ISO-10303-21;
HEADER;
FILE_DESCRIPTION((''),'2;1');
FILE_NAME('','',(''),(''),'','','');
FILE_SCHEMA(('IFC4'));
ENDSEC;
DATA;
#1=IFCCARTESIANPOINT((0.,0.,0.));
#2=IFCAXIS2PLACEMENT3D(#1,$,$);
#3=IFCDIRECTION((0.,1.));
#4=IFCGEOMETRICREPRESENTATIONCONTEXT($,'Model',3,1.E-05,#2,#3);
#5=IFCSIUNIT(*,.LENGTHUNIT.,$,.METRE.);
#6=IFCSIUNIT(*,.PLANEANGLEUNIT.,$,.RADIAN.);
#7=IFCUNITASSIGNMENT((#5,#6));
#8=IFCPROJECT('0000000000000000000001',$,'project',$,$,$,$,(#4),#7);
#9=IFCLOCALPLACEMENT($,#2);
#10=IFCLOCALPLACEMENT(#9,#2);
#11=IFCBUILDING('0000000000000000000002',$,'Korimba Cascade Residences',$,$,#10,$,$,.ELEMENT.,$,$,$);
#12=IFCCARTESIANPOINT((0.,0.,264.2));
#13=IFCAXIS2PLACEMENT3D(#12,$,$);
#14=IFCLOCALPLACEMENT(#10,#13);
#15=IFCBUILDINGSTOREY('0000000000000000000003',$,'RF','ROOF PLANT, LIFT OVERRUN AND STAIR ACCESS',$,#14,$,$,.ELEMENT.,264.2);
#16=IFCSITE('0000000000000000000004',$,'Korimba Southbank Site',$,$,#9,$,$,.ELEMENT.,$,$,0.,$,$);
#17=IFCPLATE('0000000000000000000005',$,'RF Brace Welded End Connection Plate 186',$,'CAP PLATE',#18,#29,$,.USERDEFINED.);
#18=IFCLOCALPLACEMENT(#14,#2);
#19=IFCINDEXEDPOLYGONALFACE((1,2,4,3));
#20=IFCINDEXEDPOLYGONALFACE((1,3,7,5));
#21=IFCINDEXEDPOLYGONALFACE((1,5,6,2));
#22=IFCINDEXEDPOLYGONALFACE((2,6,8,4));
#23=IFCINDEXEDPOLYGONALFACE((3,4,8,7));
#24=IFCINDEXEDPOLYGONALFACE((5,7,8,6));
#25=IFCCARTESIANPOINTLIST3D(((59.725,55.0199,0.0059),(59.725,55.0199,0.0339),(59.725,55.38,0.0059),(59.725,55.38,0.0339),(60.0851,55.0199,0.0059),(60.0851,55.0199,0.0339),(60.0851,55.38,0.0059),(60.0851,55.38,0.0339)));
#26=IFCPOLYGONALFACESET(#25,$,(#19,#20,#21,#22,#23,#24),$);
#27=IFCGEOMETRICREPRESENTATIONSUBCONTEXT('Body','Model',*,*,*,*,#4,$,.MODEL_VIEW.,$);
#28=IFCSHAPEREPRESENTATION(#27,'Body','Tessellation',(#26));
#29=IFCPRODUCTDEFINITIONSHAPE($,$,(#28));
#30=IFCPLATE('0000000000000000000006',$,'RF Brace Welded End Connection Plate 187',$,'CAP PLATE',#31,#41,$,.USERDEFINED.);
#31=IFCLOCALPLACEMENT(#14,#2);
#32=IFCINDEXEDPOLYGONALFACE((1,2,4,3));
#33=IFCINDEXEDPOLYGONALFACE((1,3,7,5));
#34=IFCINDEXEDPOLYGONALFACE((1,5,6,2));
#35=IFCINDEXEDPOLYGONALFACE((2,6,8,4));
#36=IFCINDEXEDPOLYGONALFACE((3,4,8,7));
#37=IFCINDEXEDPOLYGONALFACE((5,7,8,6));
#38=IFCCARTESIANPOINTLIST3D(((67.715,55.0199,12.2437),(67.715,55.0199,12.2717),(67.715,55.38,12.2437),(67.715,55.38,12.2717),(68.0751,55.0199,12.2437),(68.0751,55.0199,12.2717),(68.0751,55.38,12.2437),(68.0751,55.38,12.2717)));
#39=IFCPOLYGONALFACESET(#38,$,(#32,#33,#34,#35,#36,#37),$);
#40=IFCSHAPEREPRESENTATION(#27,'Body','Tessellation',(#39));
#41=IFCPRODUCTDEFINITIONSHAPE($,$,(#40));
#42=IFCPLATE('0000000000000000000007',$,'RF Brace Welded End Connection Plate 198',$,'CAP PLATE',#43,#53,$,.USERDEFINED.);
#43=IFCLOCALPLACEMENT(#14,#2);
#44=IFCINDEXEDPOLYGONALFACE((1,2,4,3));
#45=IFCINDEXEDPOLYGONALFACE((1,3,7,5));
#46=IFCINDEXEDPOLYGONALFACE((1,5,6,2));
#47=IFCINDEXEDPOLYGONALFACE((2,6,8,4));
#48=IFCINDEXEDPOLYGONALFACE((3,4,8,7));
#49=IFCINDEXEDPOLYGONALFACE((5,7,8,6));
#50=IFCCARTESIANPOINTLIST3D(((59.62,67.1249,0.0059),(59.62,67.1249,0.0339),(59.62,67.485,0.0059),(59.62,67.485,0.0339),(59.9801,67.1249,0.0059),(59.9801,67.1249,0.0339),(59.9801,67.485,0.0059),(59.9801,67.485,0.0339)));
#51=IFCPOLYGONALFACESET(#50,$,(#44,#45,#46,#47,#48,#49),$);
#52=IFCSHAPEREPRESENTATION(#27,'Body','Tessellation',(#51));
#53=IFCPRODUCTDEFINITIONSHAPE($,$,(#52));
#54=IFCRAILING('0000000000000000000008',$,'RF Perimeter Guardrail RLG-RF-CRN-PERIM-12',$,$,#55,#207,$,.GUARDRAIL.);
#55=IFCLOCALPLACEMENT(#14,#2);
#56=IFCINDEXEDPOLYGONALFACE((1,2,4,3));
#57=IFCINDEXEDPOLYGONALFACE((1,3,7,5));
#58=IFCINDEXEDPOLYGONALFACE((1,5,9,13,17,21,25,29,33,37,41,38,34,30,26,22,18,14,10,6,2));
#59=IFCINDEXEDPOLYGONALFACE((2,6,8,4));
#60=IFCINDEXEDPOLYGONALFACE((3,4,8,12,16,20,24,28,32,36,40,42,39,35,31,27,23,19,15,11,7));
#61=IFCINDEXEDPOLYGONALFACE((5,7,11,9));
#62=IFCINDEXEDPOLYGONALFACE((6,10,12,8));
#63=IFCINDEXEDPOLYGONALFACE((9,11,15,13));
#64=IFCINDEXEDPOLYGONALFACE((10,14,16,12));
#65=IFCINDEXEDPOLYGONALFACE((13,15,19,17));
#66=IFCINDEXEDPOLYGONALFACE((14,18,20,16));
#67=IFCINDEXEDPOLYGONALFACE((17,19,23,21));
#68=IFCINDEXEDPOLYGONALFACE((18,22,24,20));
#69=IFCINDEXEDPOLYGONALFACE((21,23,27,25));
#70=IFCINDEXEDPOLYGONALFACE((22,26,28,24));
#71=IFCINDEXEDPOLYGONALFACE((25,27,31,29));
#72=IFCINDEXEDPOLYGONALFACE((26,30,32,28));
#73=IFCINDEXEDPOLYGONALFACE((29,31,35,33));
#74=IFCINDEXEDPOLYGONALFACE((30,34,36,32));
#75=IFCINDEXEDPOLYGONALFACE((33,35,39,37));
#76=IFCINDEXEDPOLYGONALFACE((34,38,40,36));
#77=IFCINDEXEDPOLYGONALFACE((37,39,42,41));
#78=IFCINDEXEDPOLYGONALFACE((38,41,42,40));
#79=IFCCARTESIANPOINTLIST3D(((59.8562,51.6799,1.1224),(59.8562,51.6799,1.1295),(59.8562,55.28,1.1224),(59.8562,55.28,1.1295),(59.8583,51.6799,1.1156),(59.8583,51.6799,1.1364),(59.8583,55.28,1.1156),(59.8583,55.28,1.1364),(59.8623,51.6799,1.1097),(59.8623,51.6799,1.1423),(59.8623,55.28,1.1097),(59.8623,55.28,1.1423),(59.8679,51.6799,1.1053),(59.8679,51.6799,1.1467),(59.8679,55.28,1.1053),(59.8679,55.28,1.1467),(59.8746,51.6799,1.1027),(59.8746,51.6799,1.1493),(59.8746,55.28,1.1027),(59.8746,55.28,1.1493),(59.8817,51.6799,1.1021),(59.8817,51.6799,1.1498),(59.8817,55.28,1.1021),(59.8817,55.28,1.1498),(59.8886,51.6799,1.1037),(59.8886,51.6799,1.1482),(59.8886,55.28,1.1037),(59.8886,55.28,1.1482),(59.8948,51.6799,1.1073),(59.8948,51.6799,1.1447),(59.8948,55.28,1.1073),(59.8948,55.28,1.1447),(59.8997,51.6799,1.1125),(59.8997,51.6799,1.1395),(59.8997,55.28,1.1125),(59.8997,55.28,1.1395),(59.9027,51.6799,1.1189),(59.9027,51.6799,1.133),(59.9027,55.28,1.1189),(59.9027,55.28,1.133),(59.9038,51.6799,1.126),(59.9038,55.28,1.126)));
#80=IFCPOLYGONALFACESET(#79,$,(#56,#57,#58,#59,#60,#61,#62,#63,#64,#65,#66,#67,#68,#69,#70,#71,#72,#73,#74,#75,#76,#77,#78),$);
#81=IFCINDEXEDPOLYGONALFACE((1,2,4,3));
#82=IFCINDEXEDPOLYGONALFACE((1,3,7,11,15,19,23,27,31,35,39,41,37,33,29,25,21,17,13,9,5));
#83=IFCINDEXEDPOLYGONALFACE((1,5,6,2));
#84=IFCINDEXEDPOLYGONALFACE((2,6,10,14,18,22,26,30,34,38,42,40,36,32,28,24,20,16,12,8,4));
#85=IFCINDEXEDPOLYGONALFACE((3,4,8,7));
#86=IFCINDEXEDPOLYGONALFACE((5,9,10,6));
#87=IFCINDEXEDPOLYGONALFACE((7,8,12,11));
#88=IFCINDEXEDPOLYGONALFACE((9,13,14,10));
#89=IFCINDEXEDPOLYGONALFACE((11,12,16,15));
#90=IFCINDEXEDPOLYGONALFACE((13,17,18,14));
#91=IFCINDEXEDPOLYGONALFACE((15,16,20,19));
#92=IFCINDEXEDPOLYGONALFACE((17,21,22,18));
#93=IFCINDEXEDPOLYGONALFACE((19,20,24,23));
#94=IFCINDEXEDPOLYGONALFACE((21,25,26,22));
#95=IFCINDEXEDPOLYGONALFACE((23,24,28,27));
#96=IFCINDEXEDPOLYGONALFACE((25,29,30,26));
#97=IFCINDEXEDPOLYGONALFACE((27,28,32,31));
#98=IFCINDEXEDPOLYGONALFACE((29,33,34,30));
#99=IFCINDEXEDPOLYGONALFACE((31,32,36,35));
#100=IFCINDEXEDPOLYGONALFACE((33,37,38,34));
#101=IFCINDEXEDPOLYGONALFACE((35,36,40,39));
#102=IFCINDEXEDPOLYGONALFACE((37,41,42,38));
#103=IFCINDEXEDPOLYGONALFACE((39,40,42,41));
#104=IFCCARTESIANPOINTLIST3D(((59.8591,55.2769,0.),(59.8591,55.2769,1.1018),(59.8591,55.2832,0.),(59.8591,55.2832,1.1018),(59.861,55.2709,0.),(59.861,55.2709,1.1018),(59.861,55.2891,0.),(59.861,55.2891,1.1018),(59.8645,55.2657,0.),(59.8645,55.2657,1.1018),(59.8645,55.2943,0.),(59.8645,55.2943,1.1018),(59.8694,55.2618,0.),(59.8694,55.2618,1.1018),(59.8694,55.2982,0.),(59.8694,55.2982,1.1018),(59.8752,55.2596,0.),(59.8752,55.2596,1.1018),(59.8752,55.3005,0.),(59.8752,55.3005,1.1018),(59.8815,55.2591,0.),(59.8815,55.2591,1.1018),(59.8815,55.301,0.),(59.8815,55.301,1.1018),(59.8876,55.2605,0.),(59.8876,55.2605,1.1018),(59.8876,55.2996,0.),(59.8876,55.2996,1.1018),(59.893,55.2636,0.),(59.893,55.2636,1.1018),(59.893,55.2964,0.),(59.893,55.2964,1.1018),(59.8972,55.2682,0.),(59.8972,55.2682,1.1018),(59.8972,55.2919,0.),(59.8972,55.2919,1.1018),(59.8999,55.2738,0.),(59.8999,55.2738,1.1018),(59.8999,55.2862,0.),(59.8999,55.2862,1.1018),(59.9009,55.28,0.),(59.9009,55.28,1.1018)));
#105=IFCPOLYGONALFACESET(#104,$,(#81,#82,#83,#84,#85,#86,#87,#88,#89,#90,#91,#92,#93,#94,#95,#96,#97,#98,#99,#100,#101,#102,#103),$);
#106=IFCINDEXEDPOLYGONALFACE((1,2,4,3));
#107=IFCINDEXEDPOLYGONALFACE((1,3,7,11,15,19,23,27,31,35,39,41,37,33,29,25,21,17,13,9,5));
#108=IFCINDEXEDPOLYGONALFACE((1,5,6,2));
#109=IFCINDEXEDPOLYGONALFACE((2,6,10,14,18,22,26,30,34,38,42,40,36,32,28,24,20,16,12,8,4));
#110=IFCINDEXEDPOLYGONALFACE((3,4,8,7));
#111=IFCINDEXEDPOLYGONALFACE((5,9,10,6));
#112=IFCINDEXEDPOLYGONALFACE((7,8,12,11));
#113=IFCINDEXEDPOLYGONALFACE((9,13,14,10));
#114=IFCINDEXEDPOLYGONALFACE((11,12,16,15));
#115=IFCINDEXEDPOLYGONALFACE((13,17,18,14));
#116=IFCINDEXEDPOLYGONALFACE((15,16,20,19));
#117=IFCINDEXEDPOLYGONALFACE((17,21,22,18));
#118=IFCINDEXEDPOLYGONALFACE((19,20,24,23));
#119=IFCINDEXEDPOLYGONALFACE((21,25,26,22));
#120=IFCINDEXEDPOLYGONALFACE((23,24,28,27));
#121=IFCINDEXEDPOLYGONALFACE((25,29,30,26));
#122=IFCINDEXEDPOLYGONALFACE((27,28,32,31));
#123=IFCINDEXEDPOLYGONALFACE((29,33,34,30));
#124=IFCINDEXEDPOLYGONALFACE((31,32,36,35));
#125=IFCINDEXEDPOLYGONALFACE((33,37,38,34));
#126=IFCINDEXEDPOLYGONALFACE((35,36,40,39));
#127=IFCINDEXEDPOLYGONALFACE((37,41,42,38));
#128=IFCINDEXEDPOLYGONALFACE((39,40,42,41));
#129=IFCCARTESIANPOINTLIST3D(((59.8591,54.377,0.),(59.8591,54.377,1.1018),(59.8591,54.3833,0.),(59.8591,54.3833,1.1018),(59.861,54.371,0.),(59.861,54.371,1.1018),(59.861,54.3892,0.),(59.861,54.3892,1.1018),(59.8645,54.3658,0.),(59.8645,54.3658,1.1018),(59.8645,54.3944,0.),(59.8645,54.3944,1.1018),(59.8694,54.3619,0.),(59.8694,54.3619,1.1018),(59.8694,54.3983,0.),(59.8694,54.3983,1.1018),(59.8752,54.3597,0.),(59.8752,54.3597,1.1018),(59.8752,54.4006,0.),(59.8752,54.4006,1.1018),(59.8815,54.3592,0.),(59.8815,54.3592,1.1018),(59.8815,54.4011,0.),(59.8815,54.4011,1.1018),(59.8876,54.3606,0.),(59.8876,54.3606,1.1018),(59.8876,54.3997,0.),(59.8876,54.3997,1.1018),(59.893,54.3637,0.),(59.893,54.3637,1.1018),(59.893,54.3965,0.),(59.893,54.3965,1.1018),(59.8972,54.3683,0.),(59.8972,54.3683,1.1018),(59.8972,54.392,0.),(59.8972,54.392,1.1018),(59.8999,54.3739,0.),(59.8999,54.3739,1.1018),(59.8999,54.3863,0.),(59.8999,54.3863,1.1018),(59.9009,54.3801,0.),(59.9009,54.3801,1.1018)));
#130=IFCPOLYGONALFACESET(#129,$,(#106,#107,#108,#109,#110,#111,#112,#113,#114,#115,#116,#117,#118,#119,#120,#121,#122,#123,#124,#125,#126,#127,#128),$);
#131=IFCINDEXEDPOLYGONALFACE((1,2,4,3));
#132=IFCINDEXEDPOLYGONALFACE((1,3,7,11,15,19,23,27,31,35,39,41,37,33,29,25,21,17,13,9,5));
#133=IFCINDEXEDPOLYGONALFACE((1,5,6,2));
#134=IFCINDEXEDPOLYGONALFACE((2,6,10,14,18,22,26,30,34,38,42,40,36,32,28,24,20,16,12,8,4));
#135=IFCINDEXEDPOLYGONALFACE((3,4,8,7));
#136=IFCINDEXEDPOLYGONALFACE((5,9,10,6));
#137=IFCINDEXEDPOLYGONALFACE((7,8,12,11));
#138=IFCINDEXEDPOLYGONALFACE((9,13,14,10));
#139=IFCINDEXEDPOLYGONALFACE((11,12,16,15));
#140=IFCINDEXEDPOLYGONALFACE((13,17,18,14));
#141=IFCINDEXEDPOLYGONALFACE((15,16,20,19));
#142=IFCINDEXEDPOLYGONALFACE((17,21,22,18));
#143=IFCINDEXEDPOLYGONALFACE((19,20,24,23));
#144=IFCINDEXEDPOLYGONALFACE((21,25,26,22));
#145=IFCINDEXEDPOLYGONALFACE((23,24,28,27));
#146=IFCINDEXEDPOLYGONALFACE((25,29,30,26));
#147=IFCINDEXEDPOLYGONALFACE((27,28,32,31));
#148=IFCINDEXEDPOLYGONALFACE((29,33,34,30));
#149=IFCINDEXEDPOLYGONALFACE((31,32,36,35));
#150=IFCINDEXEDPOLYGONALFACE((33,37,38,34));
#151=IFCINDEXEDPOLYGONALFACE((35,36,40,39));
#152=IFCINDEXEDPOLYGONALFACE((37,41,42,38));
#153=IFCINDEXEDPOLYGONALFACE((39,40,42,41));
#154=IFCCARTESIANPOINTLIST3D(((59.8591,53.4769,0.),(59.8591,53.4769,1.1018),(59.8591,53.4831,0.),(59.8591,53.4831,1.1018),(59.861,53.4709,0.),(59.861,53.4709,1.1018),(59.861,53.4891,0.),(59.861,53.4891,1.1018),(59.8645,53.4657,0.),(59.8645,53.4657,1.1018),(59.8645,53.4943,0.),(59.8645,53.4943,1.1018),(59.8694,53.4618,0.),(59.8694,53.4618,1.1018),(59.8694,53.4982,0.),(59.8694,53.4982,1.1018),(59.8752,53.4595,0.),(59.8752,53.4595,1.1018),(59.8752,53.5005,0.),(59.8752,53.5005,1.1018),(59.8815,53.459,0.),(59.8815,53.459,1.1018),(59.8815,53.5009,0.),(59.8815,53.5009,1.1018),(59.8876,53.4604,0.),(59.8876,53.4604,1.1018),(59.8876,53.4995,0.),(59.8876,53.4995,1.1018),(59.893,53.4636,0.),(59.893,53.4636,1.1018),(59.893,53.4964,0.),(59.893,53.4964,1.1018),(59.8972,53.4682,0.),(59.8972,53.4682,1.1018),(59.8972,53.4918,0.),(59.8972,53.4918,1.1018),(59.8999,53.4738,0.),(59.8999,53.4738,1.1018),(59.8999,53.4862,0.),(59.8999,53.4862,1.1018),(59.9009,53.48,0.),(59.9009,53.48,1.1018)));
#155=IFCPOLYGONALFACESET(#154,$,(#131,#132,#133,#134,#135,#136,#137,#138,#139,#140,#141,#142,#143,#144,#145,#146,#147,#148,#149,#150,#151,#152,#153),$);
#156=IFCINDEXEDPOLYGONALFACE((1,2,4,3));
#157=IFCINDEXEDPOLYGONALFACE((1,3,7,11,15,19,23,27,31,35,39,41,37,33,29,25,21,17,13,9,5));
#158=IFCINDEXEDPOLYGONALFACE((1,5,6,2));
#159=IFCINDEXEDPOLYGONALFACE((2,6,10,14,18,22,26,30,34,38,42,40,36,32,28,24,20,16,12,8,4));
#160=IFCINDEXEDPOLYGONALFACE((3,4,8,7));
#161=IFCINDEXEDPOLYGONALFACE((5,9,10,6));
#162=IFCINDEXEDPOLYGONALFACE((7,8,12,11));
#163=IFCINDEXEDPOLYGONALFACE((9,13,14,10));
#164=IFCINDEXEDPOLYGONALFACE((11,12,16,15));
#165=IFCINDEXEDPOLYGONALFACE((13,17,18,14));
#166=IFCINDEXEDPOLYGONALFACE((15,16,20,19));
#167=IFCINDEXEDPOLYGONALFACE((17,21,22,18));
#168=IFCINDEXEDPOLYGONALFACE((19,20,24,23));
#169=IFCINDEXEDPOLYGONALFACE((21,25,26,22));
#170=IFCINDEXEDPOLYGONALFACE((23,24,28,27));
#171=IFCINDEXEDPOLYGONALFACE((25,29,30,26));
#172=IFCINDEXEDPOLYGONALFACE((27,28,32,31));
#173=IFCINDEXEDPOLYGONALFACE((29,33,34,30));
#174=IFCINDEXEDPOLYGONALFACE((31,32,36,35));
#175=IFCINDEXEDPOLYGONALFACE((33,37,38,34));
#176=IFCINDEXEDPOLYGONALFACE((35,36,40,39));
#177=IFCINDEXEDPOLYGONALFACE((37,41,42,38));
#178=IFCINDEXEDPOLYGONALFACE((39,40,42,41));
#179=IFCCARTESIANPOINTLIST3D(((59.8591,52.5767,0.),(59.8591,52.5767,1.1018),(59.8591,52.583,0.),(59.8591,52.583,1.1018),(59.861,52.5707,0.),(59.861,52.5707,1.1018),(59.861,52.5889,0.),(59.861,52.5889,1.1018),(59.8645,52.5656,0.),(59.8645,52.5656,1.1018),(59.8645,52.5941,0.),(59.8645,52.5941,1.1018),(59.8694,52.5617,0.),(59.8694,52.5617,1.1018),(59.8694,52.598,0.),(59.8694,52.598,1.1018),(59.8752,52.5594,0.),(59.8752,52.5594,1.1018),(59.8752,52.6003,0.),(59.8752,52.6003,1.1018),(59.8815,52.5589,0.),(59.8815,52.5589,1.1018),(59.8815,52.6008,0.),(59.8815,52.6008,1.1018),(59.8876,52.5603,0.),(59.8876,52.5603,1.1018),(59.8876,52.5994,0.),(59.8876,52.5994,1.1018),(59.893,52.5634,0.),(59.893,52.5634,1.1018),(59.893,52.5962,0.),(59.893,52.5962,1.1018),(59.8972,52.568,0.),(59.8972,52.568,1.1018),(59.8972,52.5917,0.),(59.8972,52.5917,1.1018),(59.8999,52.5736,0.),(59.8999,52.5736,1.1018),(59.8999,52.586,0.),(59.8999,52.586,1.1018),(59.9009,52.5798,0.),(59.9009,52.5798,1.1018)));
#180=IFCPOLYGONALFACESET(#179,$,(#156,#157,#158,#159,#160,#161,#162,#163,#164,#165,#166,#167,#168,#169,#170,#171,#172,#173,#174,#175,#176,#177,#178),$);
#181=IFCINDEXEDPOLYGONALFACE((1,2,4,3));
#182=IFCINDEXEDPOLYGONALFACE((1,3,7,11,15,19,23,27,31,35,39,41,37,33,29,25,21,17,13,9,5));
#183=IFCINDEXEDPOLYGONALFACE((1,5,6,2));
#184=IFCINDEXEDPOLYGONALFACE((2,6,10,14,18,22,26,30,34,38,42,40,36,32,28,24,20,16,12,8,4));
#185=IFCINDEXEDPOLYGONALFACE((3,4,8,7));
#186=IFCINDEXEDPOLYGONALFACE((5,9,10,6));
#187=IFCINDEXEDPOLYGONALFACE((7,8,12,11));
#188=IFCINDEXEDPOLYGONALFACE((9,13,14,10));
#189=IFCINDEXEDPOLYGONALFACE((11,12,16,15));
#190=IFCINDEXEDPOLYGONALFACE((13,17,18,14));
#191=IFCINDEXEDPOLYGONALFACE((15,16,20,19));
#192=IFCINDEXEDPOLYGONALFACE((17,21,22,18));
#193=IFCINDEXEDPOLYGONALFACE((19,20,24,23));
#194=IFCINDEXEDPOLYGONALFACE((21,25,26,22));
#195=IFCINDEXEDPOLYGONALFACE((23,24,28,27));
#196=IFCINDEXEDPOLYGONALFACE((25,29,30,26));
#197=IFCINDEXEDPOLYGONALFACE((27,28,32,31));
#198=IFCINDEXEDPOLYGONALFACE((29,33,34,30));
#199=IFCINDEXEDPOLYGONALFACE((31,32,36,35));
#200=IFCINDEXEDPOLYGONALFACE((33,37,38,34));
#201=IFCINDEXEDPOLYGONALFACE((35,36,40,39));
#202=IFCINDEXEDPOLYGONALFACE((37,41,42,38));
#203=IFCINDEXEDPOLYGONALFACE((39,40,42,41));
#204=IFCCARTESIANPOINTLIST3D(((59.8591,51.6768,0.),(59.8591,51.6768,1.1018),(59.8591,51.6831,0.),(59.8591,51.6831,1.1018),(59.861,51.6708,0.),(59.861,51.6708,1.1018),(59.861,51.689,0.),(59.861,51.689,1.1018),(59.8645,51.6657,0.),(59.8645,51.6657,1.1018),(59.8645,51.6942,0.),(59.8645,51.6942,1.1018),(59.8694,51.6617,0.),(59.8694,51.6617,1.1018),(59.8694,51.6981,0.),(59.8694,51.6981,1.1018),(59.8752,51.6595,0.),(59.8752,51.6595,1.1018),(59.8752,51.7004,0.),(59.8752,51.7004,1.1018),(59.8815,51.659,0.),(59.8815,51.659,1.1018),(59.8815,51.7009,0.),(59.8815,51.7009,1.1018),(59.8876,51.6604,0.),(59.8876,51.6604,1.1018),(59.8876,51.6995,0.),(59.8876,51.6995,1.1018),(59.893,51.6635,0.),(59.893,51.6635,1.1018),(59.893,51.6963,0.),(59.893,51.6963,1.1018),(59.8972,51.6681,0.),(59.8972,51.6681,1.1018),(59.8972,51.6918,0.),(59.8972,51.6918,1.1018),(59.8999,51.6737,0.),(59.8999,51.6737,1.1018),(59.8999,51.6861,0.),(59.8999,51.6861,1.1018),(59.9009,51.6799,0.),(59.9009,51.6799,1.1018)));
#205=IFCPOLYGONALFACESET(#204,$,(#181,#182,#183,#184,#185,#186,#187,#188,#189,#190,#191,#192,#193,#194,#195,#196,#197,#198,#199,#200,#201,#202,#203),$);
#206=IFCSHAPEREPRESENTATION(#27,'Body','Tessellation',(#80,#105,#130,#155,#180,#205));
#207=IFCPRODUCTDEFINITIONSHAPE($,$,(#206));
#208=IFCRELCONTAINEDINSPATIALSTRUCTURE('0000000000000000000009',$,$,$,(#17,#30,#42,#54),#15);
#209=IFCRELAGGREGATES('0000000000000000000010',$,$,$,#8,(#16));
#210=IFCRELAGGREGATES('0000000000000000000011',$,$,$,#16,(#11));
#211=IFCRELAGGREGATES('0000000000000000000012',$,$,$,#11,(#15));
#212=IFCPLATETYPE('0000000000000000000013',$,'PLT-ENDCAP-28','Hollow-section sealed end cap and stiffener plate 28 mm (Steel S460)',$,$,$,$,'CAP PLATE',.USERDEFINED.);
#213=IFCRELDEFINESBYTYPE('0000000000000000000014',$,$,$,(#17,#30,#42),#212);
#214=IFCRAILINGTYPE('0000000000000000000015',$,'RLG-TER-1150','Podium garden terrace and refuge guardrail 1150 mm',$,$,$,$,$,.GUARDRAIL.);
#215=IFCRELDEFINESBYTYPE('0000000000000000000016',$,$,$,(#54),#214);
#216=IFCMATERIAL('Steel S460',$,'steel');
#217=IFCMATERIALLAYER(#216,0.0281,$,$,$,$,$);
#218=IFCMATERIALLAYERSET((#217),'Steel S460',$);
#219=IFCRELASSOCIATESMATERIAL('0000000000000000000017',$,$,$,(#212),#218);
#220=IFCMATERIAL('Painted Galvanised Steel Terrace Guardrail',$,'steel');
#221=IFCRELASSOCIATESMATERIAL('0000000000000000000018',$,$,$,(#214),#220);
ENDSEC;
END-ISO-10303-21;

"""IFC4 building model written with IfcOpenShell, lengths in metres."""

from ifc_helpers import new_model, si_unit, direction, frame, origin, origin_2d, place, context, subcontext, project, spatial, rectangle, circle, extrude, material, layer, layer_set, type_object, element, save


model = new_model("IFC4")

# Units and contexts
model_context = context("Model", 3, precision=1e-05, world=origin(), true_north=direction((0.0, 1.0)))
body_context = subcontext(model_context, "Body", "Model", "MODEL_VIEW")
ifc_project = project(units=[si_unit("LENGTHUNIT", "METRE"), si_unit("PLANEANGLEUNIT", "RADIAN")], contexts=[model_context])

# Site, building, storey
site_placement = place(None, origin())
site = spatial("IfcSite", under=ifc_project, at=site_placement, Name="Korimba Southbank Site", CompositionType="ELEMENT", RefElevation=0.0)
building_placement = place(site_placement, origin())
building = spatial("IfcBuilding", under=site, at=building_placement, Name="Korimba Cascade Residences", CompositionType="ELEMENT")
storey_placement = place(building_placement, frame((0.0, 0.0, 264.2)))
storey = spatial("IfcBuildingStorey", under=building, at=storey_placement, Name="RF", Description="ROOF PLANT, LIFT OVERRUN AND STAIR ACCESS", CompositionType="ELEMENT", Elevation=264.2)

# Plates
ifc_material_1 = material(Name="Steel S460", Category="steel")
ifc_layer_1 = layer(ifc_material_1, 0.0281)
ifc_layer_set_1 = layer_set([ifc_layer_1], Name="Steel S460")
plate_type_1 = type_object("IfcPlateType", Name="PLT-ENDCAP-28", Description="Hollow-section sealed end cap and stiffener plate 28 mm (Steel S460)", ElementType="CAP PLATE", PredefinedType="USERDEFINED", material=ifc_layer_set_1)
for number, where, z_axis, x_axis, name in (
    (1, (59.905, 55.2, 0.0059), (0.0, 0.0, 1.0), (1.0, 0.0, 0.0), "RF Brace Welded End Connection Plate 186"),
    (2, (67.895, 55.2, 12.2437), (0.0, 0.0, 1.0), (1.0, 0.0, 0.0), "RF Brace Welded End Connection Plate 187"),
    (3, (59.8, 67.3049, 0.0059), (0.0, 0.0, 1.0), (1.0, 0.0, 0.0), "RF Brace Welded End Connection Plate 198"),
):
    element("IfcPlate", number, at=place(storey_placement, frame(where, z_axis=z_axis, x_axis=x_axis)), inside=storey, type_object=plate_type_1, Name=name, ObjectType="CAP PLATE", PredefinedType="USERDEFINED", context=body_context, shape_type="SweptSolid", body=[
        extrude(rectangle(XDim=0.3601, YDim=0.3601, at=origin_2d()), origin(), (0.0, 0.0, 1.0), 0.0281),
    ])

# Railing
ifc_material_2 = material(Name="Painted Galvanised Steel Terrace Guardrail", Category="steel")
railing_type = type_object("IfcRailingType", Name="RLG-TER-1150", Description="Podium garden terrace and refuge guardrail 1150 mm", PredefinedType="GUARDRAIL", material=ifc_material_2)
railing_placement = place(storey_placement, frame((59.8799, 55.28, 0.0)))
element("IfcRailing", 4, at=railing_placement, inside=storey, type_object=railing_type, Name="RF Perimeter Guardrail RLG-RF-CRN-PERIM-12", PredefinedType="GUARDRAIL", context=body_context, shape_type="SweptSolid", body=[
    extrude(circle(Radius=0.0239, at=origin_2d()), frame((0.0, 0.0, 1.126), z_axis=(0.0, -1.0, 0.0), x_axis=(1.0, 0.0, 0.0)), (0.0, 0.0, 1.0), 3.6001),
    extrude(circle(Radius=0.021, at=origin_2d()), origin(), (0.0, 0.0, 1.0), 1.1018),
    extrude(circle(Radius=0.021, at=origin_2d()), frame((0.0, -0.8999, 0.0)), (0.0, 0.0, 1.0), 1.1018),
    extrude(circle(Radius=0.021, at=origin_2d()), frame((0.0, -1.8, 0.0)), (0.0, 0.0, 1.0), 1.1018),
    extrude(circle(Radius=0.021, at=origin_2d()), frame((0.0, -2.7002, 0.0)), (0.0, 0.0, 1.0), 1.1018),
    extrude(circle(Radius=0.021, at=origin_2d()), frame((0.0, -3.6001, 0.0)), (0.0, 0.0, 1.0), 1.1018),
])

save(model, "model.ifc")
